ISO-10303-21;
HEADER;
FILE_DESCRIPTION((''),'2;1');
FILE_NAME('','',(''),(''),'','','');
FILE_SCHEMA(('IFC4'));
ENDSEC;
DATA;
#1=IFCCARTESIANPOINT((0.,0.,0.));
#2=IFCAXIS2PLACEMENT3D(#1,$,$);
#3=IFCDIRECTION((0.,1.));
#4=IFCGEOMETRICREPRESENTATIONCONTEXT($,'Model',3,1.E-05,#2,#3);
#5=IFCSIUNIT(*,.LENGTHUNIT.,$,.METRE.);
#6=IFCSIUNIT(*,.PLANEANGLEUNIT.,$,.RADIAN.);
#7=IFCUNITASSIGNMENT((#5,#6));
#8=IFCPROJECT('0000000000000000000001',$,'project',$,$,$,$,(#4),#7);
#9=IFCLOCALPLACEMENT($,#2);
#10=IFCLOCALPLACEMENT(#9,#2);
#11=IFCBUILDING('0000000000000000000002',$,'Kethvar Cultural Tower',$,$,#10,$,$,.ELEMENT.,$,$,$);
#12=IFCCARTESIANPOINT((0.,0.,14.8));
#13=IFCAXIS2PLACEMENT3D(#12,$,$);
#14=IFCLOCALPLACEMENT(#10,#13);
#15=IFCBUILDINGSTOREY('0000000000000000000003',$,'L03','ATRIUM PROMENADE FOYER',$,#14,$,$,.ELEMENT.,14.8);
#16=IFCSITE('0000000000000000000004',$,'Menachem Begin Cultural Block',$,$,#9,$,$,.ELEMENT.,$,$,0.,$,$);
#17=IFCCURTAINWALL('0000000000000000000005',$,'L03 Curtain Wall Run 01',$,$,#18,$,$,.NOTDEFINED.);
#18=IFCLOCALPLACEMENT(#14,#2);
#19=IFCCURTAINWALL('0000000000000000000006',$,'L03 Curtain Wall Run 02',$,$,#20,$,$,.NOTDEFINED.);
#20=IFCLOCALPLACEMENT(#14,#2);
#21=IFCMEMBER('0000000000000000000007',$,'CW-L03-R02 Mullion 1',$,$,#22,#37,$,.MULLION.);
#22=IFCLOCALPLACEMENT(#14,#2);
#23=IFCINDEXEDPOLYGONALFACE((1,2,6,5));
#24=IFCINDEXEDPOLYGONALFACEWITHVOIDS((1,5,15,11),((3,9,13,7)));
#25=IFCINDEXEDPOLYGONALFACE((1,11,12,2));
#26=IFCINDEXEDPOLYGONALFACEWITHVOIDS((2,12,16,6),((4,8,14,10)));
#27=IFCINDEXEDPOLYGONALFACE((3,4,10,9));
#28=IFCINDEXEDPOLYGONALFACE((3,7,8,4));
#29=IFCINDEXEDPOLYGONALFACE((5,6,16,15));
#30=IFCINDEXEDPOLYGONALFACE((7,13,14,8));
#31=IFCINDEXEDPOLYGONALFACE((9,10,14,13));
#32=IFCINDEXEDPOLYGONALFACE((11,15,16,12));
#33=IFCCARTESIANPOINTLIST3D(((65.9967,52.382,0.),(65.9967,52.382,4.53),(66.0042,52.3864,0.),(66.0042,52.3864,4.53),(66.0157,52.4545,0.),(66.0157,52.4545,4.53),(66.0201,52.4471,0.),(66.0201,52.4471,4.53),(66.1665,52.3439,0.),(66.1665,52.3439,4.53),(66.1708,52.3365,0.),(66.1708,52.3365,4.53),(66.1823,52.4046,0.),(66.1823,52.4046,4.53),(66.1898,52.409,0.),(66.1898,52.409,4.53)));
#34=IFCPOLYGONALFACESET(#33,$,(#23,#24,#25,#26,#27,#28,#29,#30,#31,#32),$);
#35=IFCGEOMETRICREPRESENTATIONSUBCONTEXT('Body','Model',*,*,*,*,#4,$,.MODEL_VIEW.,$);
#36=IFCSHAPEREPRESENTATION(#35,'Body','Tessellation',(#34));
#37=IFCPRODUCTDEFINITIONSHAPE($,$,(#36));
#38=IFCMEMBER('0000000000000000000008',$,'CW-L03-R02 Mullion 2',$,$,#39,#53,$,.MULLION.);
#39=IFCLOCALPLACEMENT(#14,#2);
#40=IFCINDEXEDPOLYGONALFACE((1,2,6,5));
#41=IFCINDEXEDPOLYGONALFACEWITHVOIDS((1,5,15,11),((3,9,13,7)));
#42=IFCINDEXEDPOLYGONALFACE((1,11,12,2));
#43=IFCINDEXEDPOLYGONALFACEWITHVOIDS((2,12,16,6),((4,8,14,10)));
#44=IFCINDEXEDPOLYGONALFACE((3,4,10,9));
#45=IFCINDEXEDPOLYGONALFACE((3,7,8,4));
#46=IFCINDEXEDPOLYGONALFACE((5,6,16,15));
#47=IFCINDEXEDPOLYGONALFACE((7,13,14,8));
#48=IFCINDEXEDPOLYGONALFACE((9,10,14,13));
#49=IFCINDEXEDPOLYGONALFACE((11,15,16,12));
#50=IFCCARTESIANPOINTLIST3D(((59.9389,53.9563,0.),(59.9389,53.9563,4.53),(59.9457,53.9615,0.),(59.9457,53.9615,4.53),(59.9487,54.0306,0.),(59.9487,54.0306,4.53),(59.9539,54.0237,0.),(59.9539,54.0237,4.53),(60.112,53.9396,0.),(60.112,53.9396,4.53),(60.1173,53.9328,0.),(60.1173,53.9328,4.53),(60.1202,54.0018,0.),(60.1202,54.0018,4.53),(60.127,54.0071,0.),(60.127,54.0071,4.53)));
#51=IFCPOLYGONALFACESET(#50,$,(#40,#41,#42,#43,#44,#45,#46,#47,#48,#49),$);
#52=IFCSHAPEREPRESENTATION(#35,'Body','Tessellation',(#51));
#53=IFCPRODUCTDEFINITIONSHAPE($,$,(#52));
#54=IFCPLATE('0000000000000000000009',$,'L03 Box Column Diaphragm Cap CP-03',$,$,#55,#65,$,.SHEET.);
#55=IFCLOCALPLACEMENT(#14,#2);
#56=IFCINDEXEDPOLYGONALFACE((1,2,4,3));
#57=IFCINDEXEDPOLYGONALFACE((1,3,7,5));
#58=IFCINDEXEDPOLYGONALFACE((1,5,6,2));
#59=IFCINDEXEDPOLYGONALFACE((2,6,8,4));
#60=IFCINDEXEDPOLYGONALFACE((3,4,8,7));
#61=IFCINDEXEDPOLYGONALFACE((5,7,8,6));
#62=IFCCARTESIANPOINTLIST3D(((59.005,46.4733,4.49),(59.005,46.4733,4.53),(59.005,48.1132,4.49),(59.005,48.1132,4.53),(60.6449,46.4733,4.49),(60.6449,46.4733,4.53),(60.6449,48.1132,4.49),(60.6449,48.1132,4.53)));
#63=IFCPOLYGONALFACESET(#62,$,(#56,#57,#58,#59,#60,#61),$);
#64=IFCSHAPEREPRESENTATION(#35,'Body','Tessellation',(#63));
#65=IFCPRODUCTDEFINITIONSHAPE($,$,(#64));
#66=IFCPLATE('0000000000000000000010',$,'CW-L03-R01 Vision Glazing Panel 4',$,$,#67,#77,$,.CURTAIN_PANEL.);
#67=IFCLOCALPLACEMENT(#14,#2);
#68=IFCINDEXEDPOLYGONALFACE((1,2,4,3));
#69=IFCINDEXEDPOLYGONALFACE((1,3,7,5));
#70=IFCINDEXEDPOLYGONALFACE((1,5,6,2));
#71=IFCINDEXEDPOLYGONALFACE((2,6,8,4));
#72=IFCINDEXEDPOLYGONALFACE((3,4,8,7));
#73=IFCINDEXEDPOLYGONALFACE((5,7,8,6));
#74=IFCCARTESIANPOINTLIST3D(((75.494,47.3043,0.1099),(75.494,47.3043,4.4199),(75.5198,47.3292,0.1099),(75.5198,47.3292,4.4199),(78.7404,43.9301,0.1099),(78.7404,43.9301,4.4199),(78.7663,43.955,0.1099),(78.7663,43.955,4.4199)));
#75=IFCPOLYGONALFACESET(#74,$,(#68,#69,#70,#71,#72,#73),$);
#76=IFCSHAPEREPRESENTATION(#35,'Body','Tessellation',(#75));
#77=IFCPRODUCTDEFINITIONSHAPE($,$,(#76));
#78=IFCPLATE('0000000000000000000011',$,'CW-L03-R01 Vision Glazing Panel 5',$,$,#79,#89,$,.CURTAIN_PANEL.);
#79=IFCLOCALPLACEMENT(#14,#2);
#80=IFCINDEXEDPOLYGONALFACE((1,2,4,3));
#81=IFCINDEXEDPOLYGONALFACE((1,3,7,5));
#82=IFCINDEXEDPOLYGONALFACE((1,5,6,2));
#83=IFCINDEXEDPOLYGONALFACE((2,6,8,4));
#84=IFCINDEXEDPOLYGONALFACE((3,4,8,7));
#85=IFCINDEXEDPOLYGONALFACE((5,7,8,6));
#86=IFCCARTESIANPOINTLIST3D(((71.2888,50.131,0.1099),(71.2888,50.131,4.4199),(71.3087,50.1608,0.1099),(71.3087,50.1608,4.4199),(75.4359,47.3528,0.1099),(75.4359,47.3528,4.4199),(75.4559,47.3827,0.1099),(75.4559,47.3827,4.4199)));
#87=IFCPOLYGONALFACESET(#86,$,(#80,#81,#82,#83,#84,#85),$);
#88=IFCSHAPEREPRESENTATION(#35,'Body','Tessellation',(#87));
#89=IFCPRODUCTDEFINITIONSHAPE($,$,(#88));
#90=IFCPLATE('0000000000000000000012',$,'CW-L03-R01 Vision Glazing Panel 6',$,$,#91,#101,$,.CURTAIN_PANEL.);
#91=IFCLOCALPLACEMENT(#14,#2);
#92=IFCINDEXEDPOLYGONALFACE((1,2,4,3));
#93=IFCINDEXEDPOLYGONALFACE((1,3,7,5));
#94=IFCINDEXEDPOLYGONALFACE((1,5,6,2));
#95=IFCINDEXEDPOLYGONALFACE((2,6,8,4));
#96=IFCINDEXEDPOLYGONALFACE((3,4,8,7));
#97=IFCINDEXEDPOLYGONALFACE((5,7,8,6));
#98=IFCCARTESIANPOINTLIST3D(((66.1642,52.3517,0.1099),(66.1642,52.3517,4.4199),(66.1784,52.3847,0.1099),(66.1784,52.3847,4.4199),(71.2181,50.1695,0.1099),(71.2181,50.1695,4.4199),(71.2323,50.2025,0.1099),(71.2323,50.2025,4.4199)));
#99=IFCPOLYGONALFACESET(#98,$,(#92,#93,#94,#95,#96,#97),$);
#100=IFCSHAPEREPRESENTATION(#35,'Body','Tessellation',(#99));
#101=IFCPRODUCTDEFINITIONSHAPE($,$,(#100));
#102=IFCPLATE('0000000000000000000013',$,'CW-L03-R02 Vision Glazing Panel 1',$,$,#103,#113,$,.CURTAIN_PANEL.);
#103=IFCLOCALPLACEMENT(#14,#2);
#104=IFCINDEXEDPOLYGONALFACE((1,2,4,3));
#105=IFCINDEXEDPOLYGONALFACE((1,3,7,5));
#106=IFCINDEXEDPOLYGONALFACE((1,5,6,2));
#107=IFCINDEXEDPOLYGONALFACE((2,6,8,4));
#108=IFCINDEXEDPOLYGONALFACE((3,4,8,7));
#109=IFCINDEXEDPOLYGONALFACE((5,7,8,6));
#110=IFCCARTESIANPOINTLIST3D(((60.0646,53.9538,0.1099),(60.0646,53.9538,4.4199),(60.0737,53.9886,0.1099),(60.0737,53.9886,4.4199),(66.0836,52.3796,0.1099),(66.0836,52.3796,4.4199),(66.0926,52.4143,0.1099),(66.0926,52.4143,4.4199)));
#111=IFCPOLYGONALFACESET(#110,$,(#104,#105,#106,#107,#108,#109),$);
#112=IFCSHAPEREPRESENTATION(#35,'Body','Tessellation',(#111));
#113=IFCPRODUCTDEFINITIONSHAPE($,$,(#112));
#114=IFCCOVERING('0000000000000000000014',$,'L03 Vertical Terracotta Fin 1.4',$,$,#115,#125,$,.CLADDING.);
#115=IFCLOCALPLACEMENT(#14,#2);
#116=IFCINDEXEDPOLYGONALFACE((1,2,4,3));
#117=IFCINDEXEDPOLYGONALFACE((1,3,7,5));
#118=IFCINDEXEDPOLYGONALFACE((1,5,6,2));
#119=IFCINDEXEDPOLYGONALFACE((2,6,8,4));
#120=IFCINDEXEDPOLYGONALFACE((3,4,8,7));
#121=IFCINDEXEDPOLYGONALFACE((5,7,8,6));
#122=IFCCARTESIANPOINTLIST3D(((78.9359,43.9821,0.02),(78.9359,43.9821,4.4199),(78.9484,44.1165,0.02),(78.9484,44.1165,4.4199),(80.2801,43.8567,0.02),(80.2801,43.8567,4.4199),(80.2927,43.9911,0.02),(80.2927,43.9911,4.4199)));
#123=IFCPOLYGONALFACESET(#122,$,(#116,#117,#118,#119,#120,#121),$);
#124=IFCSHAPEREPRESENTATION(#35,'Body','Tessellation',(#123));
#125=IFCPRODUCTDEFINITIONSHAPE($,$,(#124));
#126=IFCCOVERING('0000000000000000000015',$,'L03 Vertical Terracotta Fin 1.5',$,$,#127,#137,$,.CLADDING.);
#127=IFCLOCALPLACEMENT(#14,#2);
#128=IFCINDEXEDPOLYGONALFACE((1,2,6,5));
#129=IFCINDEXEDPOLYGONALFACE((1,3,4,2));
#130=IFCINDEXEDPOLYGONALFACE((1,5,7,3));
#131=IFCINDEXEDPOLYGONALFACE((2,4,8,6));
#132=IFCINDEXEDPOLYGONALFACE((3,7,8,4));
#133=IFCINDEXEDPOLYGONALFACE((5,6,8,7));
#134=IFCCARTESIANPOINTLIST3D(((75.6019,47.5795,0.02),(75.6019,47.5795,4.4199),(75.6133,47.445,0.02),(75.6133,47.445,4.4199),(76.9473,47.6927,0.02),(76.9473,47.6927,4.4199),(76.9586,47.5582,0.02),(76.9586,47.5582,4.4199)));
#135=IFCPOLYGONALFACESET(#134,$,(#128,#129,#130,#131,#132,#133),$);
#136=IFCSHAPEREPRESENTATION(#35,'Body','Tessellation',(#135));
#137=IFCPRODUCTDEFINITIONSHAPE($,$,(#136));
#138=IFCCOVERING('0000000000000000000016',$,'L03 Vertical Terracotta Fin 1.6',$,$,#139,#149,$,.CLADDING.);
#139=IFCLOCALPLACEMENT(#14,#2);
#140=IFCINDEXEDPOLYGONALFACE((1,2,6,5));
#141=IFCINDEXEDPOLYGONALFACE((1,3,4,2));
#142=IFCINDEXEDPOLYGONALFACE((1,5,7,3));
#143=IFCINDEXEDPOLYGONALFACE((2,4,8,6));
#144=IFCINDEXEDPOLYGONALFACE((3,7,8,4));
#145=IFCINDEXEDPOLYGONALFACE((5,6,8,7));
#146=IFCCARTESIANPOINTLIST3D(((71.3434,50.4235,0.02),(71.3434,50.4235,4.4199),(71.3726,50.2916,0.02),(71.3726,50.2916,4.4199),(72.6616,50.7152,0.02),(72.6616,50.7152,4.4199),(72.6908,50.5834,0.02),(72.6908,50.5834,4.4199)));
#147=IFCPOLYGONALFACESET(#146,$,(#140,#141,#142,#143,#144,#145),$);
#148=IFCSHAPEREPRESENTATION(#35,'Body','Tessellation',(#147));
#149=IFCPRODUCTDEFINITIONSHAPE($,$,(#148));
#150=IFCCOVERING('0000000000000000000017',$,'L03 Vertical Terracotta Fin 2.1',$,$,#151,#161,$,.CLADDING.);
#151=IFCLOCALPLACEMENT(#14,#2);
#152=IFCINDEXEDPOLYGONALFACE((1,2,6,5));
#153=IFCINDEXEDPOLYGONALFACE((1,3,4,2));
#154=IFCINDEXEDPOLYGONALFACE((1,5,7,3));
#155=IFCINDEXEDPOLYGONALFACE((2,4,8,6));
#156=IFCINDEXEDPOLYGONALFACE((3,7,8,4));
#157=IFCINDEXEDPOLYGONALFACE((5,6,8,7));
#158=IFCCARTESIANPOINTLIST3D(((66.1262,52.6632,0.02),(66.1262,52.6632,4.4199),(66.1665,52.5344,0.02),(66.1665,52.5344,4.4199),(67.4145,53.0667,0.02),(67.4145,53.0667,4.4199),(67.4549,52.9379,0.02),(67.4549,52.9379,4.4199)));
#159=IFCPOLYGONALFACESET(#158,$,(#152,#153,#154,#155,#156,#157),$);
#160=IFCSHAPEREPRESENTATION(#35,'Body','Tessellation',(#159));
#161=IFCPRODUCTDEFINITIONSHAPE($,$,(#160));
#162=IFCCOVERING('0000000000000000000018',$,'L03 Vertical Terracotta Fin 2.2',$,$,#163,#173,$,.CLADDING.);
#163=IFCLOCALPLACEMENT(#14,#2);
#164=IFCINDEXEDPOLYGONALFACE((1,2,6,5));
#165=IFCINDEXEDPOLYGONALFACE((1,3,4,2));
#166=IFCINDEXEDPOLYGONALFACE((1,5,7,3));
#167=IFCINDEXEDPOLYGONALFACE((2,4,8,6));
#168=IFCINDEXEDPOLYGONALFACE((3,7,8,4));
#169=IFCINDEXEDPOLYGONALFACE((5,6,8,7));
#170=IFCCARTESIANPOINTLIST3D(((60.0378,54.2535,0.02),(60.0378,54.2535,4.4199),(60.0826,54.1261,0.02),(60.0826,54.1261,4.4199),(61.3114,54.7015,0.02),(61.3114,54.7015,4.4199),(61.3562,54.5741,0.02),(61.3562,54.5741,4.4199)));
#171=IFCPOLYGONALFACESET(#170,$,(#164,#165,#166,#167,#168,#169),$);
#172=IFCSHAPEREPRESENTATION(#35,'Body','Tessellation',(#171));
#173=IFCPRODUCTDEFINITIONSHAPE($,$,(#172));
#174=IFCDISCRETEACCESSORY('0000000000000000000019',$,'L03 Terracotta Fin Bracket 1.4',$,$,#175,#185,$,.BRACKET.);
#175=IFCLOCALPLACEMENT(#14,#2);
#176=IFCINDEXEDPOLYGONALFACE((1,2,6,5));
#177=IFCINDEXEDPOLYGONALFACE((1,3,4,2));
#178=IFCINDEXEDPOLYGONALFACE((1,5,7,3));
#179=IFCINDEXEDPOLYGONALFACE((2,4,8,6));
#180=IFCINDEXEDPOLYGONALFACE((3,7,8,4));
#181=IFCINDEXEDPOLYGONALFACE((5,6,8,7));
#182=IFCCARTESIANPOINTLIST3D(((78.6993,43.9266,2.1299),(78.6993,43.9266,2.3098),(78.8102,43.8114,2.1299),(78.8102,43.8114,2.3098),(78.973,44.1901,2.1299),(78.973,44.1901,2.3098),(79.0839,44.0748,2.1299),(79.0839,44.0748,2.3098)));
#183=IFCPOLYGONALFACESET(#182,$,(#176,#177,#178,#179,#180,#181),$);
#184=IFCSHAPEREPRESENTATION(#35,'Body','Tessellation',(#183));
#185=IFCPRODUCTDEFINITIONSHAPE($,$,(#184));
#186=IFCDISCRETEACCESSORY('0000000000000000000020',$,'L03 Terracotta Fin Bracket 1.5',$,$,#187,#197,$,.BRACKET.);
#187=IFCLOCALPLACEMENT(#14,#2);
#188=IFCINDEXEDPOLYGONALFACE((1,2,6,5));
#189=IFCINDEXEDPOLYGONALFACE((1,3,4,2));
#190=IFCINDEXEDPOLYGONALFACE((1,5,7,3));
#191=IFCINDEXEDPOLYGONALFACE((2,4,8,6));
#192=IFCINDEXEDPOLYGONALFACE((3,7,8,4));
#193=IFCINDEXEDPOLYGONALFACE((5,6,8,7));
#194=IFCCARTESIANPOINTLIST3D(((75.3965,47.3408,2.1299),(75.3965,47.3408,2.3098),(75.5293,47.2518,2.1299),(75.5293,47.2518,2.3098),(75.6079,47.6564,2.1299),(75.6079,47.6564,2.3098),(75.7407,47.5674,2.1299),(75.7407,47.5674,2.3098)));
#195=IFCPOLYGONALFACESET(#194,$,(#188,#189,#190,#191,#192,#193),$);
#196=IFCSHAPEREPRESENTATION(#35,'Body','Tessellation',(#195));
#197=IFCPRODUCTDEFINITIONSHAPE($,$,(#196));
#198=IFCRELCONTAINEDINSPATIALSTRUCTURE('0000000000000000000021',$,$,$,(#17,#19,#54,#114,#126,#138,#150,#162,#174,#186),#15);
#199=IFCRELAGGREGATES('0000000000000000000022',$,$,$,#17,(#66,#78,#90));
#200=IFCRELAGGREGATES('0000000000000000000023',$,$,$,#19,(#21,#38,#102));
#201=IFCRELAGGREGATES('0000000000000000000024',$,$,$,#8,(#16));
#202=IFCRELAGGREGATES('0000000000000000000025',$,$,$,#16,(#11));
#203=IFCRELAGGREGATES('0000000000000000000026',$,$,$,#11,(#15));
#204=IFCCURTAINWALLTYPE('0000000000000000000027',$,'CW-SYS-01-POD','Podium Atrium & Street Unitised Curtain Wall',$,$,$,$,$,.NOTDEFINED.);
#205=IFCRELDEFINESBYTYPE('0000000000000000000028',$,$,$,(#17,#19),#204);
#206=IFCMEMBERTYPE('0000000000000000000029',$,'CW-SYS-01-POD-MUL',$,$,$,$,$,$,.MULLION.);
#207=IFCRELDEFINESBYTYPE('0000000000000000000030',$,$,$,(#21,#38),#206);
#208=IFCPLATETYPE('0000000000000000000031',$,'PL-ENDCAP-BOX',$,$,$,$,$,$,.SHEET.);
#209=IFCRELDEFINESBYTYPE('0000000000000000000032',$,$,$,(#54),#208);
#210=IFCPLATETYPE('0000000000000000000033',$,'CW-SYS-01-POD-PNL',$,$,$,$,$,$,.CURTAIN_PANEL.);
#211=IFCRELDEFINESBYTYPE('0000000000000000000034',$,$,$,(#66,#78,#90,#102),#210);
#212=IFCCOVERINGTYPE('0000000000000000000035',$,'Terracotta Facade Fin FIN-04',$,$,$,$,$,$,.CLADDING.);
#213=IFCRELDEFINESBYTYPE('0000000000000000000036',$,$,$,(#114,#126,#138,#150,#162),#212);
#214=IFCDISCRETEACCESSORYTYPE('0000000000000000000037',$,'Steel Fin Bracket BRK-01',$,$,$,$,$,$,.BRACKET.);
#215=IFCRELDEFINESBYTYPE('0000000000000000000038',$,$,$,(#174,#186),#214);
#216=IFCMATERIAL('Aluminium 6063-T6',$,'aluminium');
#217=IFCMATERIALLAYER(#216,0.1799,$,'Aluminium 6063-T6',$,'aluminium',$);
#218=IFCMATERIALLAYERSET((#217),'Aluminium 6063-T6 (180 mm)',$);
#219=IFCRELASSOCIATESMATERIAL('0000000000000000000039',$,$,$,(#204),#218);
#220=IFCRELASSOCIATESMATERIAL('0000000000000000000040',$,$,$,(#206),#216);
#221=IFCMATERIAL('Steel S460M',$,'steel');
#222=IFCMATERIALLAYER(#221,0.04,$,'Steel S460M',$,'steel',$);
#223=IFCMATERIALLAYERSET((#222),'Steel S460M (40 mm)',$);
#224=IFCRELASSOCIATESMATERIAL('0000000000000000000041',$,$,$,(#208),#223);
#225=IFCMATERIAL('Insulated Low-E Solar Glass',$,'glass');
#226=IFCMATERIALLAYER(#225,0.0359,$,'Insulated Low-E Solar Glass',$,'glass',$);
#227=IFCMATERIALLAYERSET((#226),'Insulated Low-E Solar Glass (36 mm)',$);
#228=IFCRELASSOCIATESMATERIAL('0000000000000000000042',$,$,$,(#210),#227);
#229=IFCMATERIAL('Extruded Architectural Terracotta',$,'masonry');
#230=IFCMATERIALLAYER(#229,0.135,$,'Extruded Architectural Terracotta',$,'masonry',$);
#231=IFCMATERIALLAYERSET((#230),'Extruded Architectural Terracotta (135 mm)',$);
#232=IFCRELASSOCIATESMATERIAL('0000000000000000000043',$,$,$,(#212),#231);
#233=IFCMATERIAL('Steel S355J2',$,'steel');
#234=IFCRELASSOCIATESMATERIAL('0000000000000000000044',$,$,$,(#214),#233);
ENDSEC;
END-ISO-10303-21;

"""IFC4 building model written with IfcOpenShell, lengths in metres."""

from ifc_helpers import new_model, si_unit, direction, frame, origin, origin_2d, place, context, subcontext, project, spatial, rectangle, hollow_rectangle, extrude, source, transform, mapped, material, layer, layer_set, material_profile, profile_set, type_object, element, aggregate, save


model = new_model("IFC4")

# Units and contexts
model_context = context("Model", 3, precision=1e-05, world=origin(), true_north=direction((0.0, 1.0)))
body_context = subcontext(model_context, "Body", "Model", "MODEL_VIEW")
ifc_project = project(units=[si_unit("LENGTHUNIT", "METRE"), si_unit("PLANEANGLEUNIT", "RADIAN")], contexts=[model_context])

# Site, building, storey
site_placement = place(None, origin())
site = spatial("IfcSite", under=ifc_project, at=site_placement, Name="Menachem Begin Cultural Block", CompositionType="ELEMENT", RefElevation=0.0)
building_placement = place(site_placement, origin())
building = spatial("IfcBuilding", under=site, at=building_placement, Name="Kethvar Cultural Tower", CompositionType="ELEMENT")
storey_placement = place(building_placement, frame((0.0, 0.0, 14.8)))
storey = spatial("IfcBuildingStorey", under=building, at=storey_placement, Name="L03", Description="ATRIUM PROMENADE FOYER", CompositionType="ELEMENT", Elevation=14.8)

# Shared definitions
ifc_material_1 = material(Name="Steel S355J2", Category="steel")

# Curtain walls
ifc_material_2 = material(Name="Aluminium 6063-T6", Category="aluminium")
ifc_layer_1 = layer(ifc_material_2, 0.1799, Name="Aluminium 6063-T6", Category="aluminium")
ifc_layer_set_1 = layer_set([ifc_layer_1], Name="Aluminium 6063-T6 (180 mm)")
curtain_wall_type = type_object("IfcCurtainWallType", Name="CW-SYS-01-POD", Description="Podium Atrium & Street Unitised Curtain Wall", PredefinedType="NOTDEFINED", material=ifc_layer_set_1)
curtain_wall_1_placement = place(storey_placement, origin())
curtain_wall_1 = element("IfcCurtainWall", 1, at=curtain_wall_1_placement, inside=storey, type_object=curtain_wall_type, Name="L03 Curtain Wall Run 01", PredefinedType="NOTDEFINED")
curtain_wall_2_placement = place(storey_placement, origin())
curtain_wall_2 = element("IfcCurtainWall", 2, at=curtain_wall_2_placement, inside=storey, type_object=curtain_wall_type, Name="L03 Curtain Wall Run 02", PredefinedType="NOTDEFINED")

# Members
ifc_material_profile_1 = material_profile(ifc_material_2, hollow_rectangle(XDim=0.075, YDim=0.1799, WallThickness=0.0061, at=origin_2d()), Name="Aluminium 6063-T6 — RHS180x75x6")
ifc_profile_set_1 = profile_set([ifc_material_profile_1], Name="Aluminium 6063-T6 — RHS180x75x6")
member_type_1 = type_object("IfcMemberType", Name="CW-SYS-01-POD-MUL", PredefinedType="MULLION", material=ifc_profile_set_1)
shared_shape_1 = source(origin(), body_context, "Body", "SweptSolid", [
    extrude(hollow_rectangle(XDim=0.075, YDim=0.1799, WallThickness=0.0061, at=origin_2d()), origin(), (0.0, 0.0, 1.0), 4.53),
])
member_1_placement = place(storey_placement, frame((66.0933, 52.3955, 0.0), z_axis=(0.0, 0.0, 1.0), x_axis=(-0.253032, -0.967458, 0.0)))
member_1 = element("IfcMember", 3, at=member_1_placement, type_object=member_type_1, Name="CW-L03-R02 Mullion 1", PredefinedType="MULLION", context=body_context, shape_type="MappedRepresentation", body=[
    mapped(shared_shape_1, transform((0.0, 0.0, 0.0), scale=1.0)),
])
member_2_placement = place(storey_placement, frame((60.033, 53.9817, 0.0), z_axis=(0.0, 0.0, 1.0), x_axis=(-0.130647, -0.991429, 0.0)))
member_2 = element("IfcMember", 4, at=member_2_placement, type_object=member_type_1, Name="CW-L03-R02 Mullion 2", PredefinedType="MULLION", context=body_context, shape_type="MappedRepresentation", body=[
    mapped(shared_shape_1, transform((0.0, 0.0, 0.0), scale=1.0)),
])

# Plates
ifc_material_3 = material(Name="Steel S460M", Category="steel")
ifc_layer_2 = layer(ifc_material_3, 0.04, Name="Steel S460M", Category="steel")
ifc_layer_set_2 = layer_set([ifc_layer_2], Name="Steel S460M (40 mm)")
plate_type_1 = type_object("IfcPlateType", Name="PL-ENDCAP-BOX", PredefinedType="SHEET", material=ifc_layer_set_2)
shared_shape_2 = source(origin(), body_context, "Body", "SweptSolid", [
    extrude(rectangle(XDim=1.6399, YDim=1.6399, at=origin_2d()), origin(), (0.0, 0.0, 1.0), 0.04),
])
plate_1_placement = place(storey_placement, frame((59.825, 47.2932, 4.49), z_axis=(0.0, 0.0, 1.0), x_axis=(1.0, 0.0, 0.0)))
element("IfcPlate", 5, at=plate_1_placement, inside=storey, type_object=plate_type_1, Name="L03 Box Column Diaphragm Cap CP-03", PredefinedType="SHEET", context=body_context, shape_type="MappedRepresentation", body=[
    mapped(shared_shape_2, transform((0.0, 0.0, 0.0), scale=1.0)),
])
ifc_material_4 = material(Name="Insulated Low-E Solar Glass", Category="glass")
ifc_layer_3 = layer(ifc_material_4, 0.0359, Name="Insulated Low-E Solar Glass", Category="glass")
ifc_layer_set_3 = layer_set([ifc_layer_3], Name="Insulated Low-E Solar Glass (36 mm)")
plate_type_2 = type_object("IfcPlateType", Name="CW-SYS-01-POD-PNL", PredefinedType="CURTAIN_PANEL", material=ifc_layer_set_3)
shared_shape_3 = source(origin(), body_context, "Body", "SweptSolid", [
    extrude(rectangle(XDim=4.6824, YDim=0.0359, at=origin_2d()), origin(), (0.0, 0.0, 1.0), 4.3101),
])
plate_2_placement = place(storey_placement, frame((77.1301, 45.6296, 0.1099), z_axis=(0.0, 0.0, 1.0), x_axis=(-0.693339, 0.720612, 0.0)))
plate_2 = element("IfcPlate", 6, at=plate_2_placement, type_object=plate_type_2, Name="CW-L03-R01 Vision Glazing Panel 4", PredefinedType="CURTAIN_PANEL", context=body_context, shape_type="MappedRepresentation", body=[
    mapped(shared_shape_3, transform((0.0, 0.0, 0.0), scale=1.0)),
])
shared_shape_4 = source(origin(), body_context, "Body", "SweptSolid", [
    extrude(rectangle(XDim=4.9917, YDim=0.0359, at=origin_2d()), origin(), (0.0, 0.0, 1.0), 4.3101),
])
plate_3_placement = place(storey_placement, frame((73.3723, 48.7568, 0.1099), z_axis=(0.0, 0.0, 1.0), x_axis=(-0.83081, 0.556557, 0.0)))
plate_3 = element("IfcPlate", 7, at=plate_3_placement, type_object=plate_type_2, Name="CW-L03-R01 Vision Glazing Panel 5", PredefinedType="CURTAIN_PANEL", context=body_context, shape_type="MappedRepresentation", body=[
    mapped(shared_shape_4, transform((0.0, 0.0, 0.0), scale=1.0)),
])
shared_shape_5 = source(origin(), body_context, "Body", "SweptSolid", [
    extrude(rectangle(XDim=5.5049, YDim=0.0359, at=origin_2d()), origin(), (0.0, 0.0, 1.0), 4.3101),
])
plate_4_placement = place(storey_placement, frame((68.6982, 51.2771, 0.1099), z_axis=(0.0, 0.0, 1.0), x_axis=(-0.918073, 0.396411, 0.0)))
plate_4 = element("IfcPlate", 8, at=plate_4_placement, type_object=plate_type_2, Name="CW-L03-R01 Vision Glazing Panel 6", PredefinedType="CURTAIN_PANEL", context=body_context, shape_type="MappedRepresentation", body=[
    mapped(shared_shape_5, transform((0.0, 0.0, 0.0), scale=1.0)),
])
aggregate(curtain_wall_1, [plate_2, plate_3, plate_4])
shared_shape_6 = source(origin(), body_context, "Body", "SweptSolid", [
    extrude(rectangle(XDim=6.2214, YDim=0.0359, at=origin_2d()), origin(), (0.0, 0.0, 1.0), 4.3101),
])
plate_5_placement = place(storey_placement, frame((63.0786, 53.1841, 0.1099), z_axis=(0.0, 0.0, 1.0), x_axis=(-0.967458, 0.253032, 0.0)))
plate_5 = element("IfcPlate", 9, at=plate_5_placement, type_object=plate_type_2, Name="CW-L03-R02 Vision Glazing Panel 1", PredefinedType="CURTAIN_PANEL", context=body_context, shape_type="MappedRepresentation", body=[
    mapped(shared_shape_6, transform((0.0, 0.0, 0.0), scale=1.0)),
])
aggregate(curtain_wall_2, [member_1, member_2, plate_5])

# Coverings
ifc_material_5 = material(Name="Extruded Architectural Terracotta", Category="masonry")
ifc_layer_4 = layer(ifc_material_5, 0.135, Name="Extruded Architectural Terracotta", Category="masonry")
ifc_layer_set_4 = layer_set([ifc_layer_4], Name="Extruded Architectural Terracotta (135 mm)")
covering_type = type_object("IfcCoveringType", Name="Terracotta Facade Fin FIN-04", PredefinedType="CLADDING", material=ifc_layer_set_4)
shared_shape_7 = source(origin(), body_context, "Body", "SweptSolid", [
    extrude(rectangle(XDim=1.3501, YDim=0.135, at=origin_2d()), origin(), (0.0, 0.0, 1.0), 4.3999),
])
for number, where, z_axis, x_axis, name in (
    (10, (79.6143, 43.9866, 0.02), (0.0, 0.0, 1.0), (0.995676, -0.092892, 0.0), "L03 Vertical Terracotta Fin 1.4"),
    (11, (76.2803, 47.5688, 0.02), (0.0, 0.0, 1.0), (0.996478, 0.083852, 0.0), "L03 Vertical Terracotta Fin 1.5"),
    (12, (72.0171, 50.5034, 0.02), (0.0, 0.0, 1.0), (0.976371, 0.216099, 0.0), "L03 Vertical Terracotta Fin 1.6"),
    (13, (66.7905, 52.8005, 0.02), (0.0, 0.0, 1.0), (0.954293, 0.298874, 0.0), "L03 Vertical Terracotta Fin 2.1"),
    (14, (60.697, 54.4138, 0.02), (0.0, 0.0, 1.0), (0.943339, 0.331832, 0.0), "L03 Vertical Terracotta Fin 2.2"),
):
    element("IfcCovering", number, at=place(storey_placement, frame(where, z_axis=z_axis, x_axis=x_axis)), inside=storey, type_object=covering_type, Name=name, PredefinedType="CLADDING", context=body_context, shape_type="MappedRepresentation", body=[
        mapped(shared_shape_7, transform((0.0, 0.0, 0.0), scale=1.0)),
    ])

# Discrete accessories
discrete_accessory_type = type_object("IfcDiscreteAccessoryType", Name="Steel Fin Bracket BRK-01", PredefinedType="BRACKET", material=ifc_material_1)
shared_shape_8 = source(origin(), body_context, "Body", "SweptSolid", [
    extrude(rectangle(XDim=0.3799, YDim=0.1599, at=origin_2d()), origin(), (0.0, 0.0, 1.0), 0.1799),
])
for number, where, z_axis, x_axis, name in (
    (15, (78.8916, 44.0007, 2.1299), (0.0, 0.0, 1.0), (0.720551, 0.693402, 0.0), "L03 Terracotta Fin Bracket 1.4"),
    (16, (75.5686, 47.4541, 2.1299), (0.0, 0.0, 1.0), (0.556586, 0.83079, 0.0), "L03 Terracotta Fin Bracket 1.5"),
):
    element("IfcDiscreteAccessory", number, at=place(storey_placement, frame(where, z_axis=z_axis, x_axis=x_axis)), inside=storey, type_object=discrete_accessory_type, Name=name, PredefinedType="BRACKET", context=body_context, shape_type="MappedRepresentation", body=[
        mapped(shared_shape_8, transform((0.0, 0.0, 0.0), scale=1.0)),
    ])

save(model, "model.ifc")
